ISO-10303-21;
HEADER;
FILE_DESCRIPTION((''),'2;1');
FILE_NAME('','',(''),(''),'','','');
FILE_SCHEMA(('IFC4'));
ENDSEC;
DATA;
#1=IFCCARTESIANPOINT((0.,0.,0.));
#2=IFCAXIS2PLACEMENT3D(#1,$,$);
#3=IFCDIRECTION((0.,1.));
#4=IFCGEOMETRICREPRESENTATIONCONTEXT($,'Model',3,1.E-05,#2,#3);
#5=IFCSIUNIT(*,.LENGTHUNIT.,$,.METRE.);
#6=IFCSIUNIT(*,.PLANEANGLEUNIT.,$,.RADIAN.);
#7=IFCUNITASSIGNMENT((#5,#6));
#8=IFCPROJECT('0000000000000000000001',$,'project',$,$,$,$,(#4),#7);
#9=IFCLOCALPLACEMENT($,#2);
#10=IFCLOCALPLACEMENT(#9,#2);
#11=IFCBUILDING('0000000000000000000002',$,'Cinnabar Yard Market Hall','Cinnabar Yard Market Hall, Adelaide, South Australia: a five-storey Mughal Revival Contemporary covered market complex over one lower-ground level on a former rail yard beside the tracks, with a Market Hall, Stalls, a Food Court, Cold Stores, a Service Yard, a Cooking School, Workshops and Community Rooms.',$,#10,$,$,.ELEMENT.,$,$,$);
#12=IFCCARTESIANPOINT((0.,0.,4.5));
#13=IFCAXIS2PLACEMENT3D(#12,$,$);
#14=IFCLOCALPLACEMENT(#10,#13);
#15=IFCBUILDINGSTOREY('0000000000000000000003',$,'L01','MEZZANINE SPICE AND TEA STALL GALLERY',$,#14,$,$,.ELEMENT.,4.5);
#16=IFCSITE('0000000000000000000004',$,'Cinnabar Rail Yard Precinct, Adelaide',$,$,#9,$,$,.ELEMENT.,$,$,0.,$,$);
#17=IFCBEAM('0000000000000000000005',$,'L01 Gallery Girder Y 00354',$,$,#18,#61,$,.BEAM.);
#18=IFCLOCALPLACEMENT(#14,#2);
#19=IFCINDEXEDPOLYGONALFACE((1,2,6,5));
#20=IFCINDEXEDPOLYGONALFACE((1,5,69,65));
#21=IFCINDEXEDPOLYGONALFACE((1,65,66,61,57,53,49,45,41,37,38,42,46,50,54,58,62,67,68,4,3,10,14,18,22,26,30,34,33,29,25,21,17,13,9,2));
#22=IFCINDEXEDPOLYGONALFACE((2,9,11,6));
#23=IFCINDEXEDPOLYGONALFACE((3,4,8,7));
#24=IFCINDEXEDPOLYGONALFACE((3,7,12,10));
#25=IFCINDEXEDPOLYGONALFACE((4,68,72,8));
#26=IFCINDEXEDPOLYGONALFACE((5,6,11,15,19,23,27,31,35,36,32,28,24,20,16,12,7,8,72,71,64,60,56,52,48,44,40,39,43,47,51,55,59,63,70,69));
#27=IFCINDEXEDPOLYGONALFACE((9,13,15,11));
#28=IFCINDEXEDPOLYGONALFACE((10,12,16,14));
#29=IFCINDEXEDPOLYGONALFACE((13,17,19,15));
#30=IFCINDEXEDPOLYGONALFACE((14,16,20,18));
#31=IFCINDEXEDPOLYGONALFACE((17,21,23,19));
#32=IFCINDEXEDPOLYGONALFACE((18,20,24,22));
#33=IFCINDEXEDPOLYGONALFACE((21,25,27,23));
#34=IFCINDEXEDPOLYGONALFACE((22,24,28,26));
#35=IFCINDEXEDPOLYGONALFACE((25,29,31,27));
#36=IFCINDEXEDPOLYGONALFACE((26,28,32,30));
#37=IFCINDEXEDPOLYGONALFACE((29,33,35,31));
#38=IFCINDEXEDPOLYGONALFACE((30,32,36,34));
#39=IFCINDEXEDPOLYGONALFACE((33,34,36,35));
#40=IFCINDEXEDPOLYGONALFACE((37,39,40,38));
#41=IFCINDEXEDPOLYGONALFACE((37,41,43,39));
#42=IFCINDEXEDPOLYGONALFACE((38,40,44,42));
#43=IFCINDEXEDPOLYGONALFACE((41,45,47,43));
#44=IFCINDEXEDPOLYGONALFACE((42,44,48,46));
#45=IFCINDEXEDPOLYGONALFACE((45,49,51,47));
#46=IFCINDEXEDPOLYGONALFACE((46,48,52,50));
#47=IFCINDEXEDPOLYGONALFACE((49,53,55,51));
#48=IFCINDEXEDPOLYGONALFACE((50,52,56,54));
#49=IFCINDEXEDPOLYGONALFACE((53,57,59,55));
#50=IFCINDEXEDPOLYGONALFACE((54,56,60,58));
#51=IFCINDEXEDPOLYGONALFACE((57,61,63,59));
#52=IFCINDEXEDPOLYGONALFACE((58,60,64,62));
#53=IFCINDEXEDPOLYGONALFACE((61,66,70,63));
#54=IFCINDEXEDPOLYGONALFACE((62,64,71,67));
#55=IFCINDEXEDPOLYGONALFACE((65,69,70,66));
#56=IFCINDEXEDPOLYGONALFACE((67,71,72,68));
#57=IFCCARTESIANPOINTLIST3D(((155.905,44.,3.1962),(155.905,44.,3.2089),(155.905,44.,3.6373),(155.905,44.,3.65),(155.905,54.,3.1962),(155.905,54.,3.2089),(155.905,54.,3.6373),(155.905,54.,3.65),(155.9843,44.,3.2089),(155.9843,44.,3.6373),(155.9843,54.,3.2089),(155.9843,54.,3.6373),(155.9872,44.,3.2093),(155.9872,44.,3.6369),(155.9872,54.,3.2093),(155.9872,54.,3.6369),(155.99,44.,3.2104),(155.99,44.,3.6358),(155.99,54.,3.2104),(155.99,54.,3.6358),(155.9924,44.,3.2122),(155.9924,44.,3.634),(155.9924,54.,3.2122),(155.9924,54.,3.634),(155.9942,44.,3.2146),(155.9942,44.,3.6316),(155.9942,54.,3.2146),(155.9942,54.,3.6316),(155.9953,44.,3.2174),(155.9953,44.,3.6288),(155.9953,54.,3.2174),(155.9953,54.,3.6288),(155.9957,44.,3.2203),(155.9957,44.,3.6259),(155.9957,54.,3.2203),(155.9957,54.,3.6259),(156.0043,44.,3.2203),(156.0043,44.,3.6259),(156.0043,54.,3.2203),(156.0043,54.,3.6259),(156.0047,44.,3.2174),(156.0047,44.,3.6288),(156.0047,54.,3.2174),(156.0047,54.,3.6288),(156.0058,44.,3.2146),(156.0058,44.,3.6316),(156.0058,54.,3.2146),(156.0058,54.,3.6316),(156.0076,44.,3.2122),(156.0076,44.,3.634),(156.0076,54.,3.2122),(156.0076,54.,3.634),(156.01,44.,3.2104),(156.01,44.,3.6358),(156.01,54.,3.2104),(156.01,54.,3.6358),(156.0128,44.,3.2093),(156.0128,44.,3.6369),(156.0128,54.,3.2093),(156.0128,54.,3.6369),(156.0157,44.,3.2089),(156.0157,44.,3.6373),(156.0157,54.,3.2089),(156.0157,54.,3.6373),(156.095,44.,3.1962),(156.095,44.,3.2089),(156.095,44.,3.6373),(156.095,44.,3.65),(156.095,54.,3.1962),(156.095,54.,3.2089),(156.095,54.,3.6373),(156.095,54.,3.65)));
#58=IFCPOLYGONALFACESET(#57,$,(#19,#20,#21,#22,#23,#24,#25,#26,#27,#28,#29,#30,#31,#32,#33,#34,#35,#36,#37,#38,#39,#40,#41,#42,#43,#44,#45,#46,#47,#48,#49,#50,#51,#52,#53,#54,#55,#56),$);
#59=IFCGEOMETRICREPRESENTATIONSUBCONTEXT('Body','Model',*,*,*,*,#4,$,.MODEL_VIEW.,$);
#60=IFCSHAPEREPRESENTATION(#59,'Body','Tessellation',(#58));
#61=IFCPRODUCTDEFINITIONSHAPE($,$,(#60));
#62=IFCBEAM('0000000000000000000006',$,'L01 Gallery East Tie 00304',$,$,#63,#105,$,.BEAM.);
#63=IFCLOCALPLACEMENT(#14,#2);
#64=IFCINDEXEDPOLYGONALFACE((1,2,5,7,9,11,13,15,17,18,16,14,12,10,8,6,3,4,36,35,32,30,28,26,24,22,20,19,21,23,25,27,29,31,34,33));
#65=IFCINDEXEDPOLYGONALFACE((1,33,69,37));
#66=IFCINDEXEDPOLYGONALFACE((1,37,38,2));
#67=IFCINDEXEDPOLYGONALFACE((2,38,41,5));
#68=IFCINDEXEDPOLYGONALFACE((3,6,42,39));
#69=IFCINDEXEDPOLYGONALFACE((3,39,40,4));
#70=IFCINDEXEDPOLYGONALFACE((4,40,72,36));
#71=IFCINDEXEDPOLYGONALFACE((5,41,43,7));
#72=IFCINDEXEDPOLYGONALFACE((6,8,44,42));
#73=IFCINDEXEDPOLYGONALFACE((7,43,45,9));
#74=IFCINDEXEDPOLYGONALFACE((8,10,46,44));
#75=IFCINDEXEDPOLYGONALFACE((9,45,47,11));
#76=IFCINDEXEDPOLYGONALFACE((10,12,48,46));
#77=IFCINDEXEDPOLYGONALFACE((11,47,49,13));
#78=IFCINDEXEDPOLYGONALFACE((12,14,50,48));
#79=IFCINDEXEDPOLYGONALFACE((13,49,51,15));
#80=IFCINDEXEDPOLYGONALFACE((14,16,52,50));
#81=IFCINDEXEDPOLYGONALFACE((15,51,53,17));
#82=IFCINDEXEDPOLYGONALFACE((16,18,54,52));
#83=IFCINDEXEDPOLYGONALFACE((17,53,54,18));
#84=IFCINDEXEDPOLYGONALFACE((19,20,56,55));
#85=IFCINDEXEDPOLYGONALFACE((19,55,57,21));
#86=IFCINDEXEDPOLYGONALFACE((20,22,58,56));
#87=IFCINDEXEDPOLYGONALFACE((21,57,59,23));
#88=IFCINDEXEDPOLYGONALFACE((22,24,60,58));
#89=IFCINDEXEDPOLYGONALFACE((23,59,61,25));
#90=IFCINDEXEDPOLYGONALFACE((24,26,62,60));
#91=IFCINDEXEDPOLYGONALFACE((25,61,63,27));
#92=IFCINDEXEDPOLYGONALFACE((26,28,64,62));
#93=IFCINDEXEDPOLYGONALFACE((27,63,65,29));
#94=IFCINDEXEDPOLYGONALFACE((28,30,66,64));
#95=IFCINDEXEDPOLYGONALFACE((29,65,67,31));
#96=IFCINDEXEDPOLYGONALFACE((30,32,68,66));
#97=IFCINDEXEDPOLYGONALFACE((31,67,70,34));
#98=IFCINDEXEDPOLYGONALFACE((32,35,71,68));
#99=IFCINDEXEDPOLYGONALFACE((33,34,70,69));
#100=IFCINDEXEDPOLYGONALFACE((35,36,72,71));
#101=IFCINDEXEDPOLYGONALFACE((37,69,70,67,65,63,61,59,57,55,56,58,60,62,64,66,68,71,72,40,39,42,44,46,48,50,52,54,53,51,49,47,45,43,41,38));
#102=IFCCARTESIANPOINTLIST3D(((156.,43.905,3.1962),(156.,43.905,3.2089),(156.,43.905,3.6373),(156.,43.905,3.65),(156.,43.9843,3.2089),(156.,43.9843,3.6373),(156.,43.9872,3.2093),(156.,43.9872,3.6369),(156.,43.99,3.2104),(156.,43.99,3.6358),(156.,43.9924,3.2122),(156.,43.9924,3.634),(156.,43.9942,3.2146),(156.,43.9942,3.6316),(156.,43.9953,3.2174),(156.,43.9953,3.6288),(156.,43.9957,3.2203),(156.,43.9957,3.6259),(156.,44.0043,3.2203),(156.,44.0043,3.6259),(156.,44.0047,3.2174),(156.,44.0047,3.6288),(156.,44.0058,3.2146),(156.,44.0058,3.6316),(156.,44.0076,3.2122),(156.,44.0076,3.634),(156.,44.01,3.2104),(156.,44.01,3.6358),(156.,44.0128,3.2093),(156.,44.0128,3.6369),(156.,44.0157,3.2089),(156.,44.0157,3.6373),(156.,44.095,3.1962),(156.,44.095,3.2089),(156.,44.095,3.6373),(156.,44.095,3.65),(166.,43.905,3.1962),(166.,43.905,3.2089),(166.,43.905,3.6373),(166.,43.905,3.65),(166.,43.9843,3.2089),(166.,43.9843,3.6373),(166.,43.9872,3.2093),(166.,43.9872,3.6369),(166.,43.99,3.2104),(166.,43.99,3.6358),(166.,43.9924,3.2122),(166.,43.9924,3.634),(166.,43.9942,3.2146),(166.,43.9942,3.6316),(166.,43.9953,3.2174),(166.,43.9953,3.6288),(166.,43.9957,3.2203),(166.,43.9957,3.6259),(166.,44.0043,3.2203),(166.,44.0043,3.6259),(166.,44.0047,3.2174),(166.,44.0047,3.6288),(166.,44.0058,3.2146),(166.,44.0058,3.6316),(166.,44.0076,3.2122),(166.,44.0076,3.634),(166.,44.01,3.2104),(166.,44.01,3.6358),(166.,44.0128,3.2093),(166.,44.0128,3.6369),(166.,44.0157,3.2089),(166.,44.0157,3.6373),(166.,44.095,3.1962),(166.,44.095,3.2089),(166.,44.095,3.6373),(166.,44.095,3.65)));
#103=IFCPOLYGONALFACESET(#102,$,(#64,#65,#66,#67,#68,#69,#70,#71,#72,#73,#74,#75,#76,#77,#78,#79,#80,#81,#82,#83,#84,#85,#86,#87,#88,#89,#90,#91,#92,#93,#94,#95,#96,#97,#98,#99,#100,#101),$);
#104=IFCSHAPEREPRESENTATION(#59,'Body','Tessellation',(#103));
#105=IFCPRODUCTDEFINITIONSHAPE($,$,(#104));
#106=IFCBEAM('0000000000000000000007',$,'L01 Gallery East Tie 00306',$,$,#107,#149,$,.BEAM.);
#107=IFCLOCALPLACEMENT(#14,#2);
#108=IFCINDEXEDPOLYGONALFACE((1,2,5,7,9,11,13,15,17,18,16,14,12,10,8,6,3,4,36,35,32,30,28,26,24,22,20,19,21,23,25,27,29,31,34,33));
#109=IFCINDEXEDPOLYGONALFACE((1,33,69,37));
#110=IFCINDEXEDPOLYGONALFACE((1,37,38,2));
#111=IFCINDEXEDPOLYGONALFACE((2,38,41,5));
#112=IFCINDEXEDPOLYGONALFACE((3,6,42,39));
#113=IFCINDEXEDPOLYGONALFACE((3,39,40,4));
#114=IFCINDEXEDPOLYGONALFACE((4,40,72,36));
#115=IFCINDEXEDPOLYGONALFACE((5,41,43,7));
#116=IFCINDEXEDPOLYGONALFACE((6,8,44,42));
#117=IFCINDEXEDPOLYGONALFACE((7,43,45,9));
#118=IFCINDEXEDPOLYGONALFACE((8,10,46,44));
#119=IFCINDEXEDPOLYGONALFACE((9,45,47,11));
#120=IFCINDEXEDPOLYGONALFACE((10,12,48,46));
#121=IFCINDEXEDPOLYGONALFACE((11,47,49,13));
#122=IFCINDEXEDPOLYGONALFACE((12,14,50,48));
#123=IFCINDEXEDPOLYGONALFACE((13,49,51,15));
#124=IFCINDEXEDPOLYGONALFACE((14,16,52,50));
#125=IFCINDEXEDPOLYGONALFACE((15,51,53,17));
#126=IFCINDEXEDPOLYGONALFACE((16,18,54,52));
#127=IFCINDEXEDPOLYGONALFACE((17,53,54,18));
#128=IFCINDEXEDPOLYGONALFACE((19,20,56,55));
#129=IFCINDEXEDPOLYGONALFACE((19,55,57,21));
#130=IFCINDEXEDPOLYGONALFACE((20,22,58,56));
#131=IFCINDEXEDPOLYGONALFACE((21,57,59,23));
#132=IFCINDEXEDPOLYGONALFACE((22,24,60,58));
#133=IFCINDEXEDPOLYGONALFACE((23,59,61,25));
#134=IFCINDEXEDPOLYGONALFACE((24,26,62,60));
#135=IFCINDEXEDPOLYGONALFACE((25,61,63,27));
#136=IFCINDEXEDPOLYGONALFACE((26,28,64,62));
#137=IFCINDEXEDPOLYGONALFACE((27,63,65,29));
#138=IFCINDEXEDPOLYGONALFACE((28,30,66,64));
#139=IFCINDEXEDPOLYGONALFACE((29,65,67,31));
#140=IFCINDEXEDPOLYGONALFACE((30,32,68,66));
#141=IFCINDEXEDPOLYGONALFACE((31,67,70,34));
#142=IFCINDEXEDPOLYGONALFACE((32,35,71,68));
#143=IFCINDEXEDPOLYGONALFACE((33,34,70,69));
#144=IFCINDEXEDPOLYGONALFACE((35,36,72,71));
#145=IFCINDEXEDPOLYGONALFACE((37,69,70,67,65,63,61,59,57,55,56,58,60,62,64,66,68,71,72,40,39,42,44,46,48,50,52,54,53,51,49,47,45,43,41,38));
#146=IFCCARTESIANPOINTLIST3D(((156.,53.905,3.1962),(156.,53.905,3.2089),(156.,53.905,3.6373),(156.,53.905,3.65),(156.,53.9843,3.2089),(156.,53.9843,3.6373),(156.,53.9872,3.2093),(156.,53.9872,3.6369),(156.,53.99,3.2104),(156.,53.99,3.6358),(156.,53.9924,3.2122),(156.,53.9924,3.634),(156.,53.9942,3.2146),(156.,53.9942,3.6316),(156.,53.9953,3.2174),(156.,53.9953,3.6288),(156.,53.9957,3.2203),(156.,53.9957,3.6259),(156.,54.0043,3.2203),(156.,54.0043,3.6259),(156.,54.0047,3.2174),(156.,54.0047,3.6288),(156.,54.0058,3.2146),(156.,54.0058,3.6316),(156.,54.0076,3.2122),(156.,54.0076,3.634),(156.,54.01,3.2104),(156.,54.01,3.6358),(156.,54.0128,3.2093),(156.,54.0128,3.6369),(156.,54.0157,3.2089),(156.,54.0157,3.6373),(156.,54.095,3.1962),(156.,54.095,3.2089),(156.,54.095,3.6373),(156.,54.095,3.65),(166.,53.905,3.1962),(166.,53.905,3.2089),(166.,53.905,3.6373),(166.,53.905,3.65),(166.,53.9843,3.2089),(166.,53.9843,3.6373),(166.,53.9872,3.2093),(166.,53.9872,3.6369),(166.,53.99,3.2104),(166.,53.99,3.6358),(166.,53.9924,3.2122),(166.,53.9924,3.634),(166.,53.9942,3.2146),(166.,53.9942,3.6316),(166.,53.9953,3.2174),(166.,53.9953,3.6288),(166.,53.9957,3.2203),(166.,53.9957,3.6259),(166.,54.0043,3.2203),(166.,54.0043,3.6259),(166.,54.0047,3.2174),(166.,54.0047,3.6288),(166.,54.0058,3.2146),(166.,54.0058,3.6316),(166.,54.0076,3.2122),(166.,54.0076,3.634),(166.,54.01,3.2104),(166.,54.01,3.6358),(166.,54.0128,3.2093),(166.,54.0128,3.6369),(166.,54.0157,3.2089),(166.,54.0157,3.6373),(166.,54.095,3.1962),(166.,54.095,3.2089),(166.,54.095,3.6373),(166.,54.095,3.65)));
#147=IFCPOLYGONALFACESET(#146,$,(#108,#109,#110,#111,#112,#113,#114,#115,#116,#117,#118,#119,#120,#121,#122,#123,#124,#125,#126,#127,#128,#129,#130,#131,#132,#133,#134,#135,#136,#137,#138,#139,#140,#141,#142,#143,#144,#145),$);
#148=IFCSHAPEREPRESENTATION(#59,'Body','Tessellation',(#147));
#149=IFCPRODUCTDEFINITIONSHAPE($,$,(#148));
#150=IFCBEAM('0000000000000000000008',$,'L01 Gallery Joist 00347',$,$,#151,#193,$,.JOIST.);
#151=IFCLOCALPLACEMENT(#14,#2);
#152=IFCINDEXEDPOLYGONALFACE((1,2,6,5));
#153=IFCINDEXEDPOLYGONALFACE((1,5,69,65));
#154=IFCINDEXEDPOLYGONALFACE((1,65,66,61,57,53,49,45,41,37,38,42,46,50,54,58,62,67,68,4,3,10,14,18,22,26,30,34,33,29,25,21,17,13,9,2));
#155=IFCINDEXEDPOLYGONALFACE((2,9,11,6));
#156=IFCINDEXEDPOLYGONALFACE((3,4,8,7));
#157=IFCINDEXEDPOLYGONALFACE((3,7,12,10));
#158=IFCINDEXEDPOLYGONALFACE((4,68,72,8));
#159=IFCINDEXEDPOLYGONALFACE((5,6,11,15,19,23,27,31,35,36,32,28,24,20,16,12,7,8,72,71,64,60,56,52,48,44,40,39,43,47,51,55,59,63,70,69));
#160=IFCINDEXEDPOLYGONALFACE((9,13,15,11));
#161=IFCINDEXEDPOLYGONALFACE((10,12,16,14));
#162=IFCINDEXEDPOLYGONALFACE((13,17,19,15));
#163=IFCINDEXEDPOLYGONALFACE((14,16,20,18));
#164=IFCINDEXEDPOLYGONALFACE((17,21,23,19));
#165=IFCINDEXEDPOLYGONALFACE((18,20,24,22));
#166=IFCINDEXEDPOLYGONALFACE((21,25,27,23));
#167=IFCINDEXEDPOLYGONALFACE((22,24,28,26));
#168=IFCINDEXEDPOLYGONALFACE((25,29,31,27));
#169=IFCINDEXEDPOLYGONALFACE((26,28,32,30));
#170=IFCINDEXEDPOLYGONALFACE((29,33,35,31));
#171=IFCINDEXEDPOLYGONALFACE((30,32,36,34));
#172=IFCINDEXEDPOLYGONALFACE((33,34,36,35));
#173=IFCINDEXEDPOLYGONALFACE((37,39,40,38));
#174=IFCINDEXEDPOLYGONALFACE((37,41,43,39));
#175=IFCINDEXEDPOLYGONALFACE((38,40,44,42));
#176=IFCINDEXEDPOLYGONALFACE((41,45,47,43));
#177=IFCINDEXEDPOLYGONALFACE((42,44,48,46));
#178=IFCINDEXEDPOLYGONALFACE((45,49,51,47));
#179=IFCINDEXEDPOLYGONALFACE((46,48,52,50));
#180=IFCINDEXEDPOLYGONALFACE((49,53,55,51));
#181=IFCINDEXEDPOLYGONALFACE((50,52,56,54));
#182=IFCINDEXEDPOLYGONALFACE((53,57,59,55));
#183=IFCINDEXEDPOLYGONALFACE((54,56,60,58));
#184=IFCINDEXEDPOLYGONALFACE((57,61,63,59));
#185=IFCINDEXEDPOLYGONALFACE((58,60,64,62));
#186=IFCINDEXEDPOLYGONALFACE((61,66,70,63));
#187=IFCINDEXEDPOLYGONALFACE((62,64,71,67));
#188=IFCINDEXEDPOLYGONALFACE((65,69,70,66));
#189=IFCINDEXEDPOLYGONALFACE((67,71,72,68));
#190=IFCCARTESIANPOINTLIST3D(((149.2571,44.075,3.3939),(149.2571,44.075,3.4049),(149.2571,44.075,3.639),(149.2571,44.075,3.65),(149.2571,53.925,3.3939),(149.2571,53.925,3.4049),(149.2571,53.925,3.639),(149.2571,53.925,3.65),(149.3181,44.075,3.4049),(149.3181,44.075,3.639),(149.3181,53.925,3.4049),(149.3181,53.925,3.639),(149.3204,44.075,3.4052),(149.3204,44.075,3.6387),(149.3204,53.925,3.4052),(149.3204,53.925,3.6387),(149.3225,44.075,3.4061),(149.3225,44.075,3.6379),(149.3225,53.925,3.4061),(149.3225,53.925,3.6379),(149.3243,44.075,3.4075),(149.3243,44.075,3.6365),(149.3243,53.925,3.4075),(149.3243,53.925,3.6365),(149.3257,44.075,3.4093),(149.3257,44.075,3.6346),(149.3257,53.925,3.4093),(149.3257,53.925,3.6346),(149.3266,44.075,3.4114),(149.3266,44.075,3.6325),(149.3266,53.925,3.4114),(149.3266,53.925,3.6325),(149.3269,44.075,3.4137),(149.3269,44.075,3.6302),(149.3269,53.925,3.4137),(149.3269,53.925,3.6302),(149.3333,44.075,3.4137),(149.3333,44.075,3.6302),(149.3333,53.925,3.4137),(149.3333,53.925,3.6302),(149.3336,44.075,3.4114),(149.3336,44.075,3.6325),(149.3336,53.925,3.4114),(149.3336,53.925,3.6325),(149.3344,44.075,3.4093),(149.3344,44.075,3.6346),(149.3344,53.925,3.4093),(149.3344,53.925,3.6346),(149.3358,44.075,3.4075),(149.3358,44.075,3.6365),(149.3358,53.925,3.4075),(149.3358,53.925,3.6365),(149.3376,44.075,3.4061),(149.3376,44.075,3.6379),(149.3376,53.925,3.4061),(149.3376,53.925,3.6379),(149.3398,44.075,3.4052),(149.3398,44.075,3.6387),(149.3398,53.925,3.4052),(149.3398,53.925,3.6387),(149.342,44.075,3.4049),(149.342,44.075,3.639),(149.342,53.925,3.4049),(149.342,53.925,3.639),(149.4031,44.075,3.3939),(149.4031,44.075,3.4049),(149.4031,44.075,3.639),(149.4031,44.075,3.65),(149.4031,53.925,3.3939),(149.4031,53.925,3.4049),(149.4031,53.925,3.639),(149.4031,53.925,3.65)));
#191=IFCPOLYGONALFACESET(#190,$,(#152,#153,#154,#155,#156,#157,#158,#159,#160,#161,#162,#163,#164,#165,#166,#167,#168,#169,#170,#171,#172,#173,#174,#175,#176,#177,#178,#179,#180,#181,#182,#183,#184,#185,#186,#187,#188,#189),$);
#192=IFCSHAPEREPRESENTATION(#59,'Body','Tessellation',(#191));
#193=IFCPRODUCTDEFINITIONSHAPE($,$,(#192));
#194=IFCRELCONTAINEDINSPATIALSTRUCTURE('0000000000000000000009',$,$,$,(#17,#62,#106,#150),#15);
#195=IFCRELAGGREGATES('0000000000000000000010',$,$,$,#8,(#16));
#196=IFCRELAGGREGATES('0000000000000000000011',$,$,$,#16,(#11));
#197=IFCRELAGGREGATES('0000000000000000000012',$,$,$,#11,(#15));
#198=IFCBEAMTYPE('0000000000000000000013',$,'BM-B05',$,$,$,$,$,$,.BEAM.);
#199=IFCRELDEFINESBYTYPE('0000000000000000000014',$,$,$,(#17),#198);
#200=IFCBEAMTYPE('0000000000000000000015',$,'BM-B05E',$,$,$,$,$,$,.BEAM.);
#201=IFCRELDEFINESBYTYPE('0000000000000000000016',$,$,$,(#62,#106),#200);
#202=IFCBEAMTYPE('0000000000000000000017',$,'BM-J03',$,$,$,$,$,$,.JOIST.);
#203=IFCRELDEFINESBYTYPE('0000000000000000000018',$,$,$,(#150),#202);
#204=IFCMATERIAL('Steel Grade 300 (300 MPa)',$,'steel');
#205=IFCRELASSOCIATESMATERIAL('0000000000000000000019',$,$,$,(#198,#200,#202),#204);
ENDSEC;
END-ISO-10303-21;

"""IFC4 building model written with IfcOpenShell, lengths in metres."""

from ifc_helpers import new_model, si_unit, direction, frame, origin, origin_2d_with_axis, place, context, subcontext, project, spatial, i_section, extrude, material, material_profile, profile_set, type_object, element, save


model = new_model("IFC4")

# Units and contexts
model_context = context("Model", 3, precision=1e-05, world=origin(), true_north=direction((0.0, 1.0)))
body_context = subcontext(model_context, "Body", "Model", "MODEL_VIEW")
ifc_project = project(units=[si_unit("LENGTHUNIT", "METRE"), si_unit("PLANEANGLEUNIT", "RADIAN")], contexts=[model_context])

# Site, building, storey
site_placement = place(None, origin())
site = spatial("IfcSite", under=ifc_project, at=site_placement, Name="Cinnabar Rail Yard Precinct, Adelaide", CompositionType="ELEMENT", RefElevation=0.0)
building_placement = place(site_placement, origin())
building = spatial("IfcBuilding", under=site, at=building_placement, Name="Cinnabar Yard Market Hall", Description="Cinnabar Yard Market Hall, Adelaide, South Australia: a five-storey Mughal Revival Contemporary covered market complex over one lower-ground level on a former rail yard beside the tracks, with a Market Hall, Stalls, a Food Court, Cold Stores, a Service Yard, a Cooking School, Workshops and Community Rooms.", CompositionType="ELEMENT")
storey_placement = place(building_placement, frame((0.0, 0.0, 4.5)))
storey = spatial("IfcBuildingStorey", under=building, at=storey_placement, Name="L01", Description="MEZZANINE SPICE AND TEA STALL GALLERY", CompositionType="ELEMENT", Elevation=4.5)

# Beams
ifc_material_1 = material(Name="Steel Grade 300 (300 MPa)", Category="steel")
ifc_material_profile_1 = material_profile(ifc_material_1, i_section(OverallWidth=0.1899, OverallDepth=0.4539, WebThickness=0.0085, FlangeThickness=0.0127, FilletRadius=0.0115, at=origin_2d_with_axis()), Name="460UB67.1")
ifc_profile_set_1 = profile_set([ifc_material_profile_1], Name="Steel Grade 300 (300 MPa)")
beam_type_1 = type_object("IfcBeamType", Name="BM-B05", PredefinedType="BEAM", material=ifc_profile_set_1)
beam_placement = place(storey_placement, frame((156.0, 44.0, 3.4231), z_axis=(0.0, 1.0, 0.0), x_axis=(-1.0, 0.0, 0.0)))
element("IfcBeam", 1, at=beam_placement, inside=storey, type_object=beam_type_1, Name="L01 Gallery Girder Y 00354", PredefinedType="BEAM", context=body_context, shape_type="SweptSolid", body=[
    extrude(i_section(OverallWidth=0.1899, OverallDepth=0.4539, WebThickness=0.0085, FlangeThickness=0.0127, FilletRadius=0.0115, at=origin_2d_with_axis()), origin(), (0.0, 0.0, 1.0), 10.0),
])
ifc_material_profile_2 = material_profile(ifc_material_1, i_section(OverallWidth=0.1899, OverallDepth=0.4539, WebThickness=0.0085, FlangeThickness=0.0127, FilletRadius=0.0115, at=origin_2d_with_axis()), Name="460UB67.1")
ifc_profile_set_2 = profile_set([ifc_material_profile_2], Name="Steel Grade 300 (300 MPa)")
beam_type_2 = type_object("IfcBeamType", Name="BM-B05E", PredefinedType="BEAM", material=ifc_profile_set_2)
for number, where, z_axis, x_axis, name in (
    (2, (156.0, 44.0, 3.4231), (1.0, 0.0, 0.0), (0.0, 1.0, 0.0), "L01 Gallery East Tie 00304"),
    (3, (156.0, 54.0, 3.4231), (1.0, 0.0, 0.0), (0.0, 1.0, 0.0), "L01 Gallery East Tie 00306"),
):
    element("IfcBeam", number, at=place(storey_placement, frame(where, z_axis=z_axis, x_axis=x_axis)), inside=storey, type_object=beam_type_2, Name=name, PredefinedType="BEAM", context=body_context, shape_type="SweptSolid", body=[
        extrude(i_section(OverallWidth=0.1899, OverallDepth=0.4539, WebThickness=0.0085, FlangeThickness=0.0127, FilletRadius=0.0115, at=origin_2d_with_axis()), origin(), (0.0, 0.0, 1.0), 10.0),
    ])
ifc_material_profile_3 = material_profile(ifc_material_1, i_section(OverallWidth=0.146, OverallDepth=0.2561, WebThickness=0.0063, FlangeThickness=0.011, FilletRadius=0.0088, at=origin_2d_with_axis()), Name="250UB37.3")
ifc_profile_set_3 = profile_set([ifc_material_profile_3], Name="Steel Grade 300 (300 MPa)")
beam_type_3 = type_object("IfcBeamType", Name="BM-J03", PredefinedType="JOIST", material=ifc_profile_set_3)
for number, where, z_axis, x_axis, name in (
    (4, (149.3301, 44.075, 3.522), (0.0, 1.0, 0.0), (-1.0, 0.0, 0.0), "L01 Gallery Joist 00347"),
):
    element("IfcBeam", number, at=place(storey_placement, frame(where, z_axis=z_axis, x_axis=x_axis)), inside=storey, type_object=beam_type_3, Name=name, PredefinedType="JOIST", context=body_context, shape_type="SweptSolid", body=[
        extrude(i_section(OverallWidth=0.146, OverallDepth=0.2561, WebThickness=0.0063, FlangeThickness=0.011, FilletRadius=0.0088, at=origin_2d_with_axis()), origin(), (0.0, 0.0, 1.0), 9.8501),
    ])

save(model, "model.ifc")
